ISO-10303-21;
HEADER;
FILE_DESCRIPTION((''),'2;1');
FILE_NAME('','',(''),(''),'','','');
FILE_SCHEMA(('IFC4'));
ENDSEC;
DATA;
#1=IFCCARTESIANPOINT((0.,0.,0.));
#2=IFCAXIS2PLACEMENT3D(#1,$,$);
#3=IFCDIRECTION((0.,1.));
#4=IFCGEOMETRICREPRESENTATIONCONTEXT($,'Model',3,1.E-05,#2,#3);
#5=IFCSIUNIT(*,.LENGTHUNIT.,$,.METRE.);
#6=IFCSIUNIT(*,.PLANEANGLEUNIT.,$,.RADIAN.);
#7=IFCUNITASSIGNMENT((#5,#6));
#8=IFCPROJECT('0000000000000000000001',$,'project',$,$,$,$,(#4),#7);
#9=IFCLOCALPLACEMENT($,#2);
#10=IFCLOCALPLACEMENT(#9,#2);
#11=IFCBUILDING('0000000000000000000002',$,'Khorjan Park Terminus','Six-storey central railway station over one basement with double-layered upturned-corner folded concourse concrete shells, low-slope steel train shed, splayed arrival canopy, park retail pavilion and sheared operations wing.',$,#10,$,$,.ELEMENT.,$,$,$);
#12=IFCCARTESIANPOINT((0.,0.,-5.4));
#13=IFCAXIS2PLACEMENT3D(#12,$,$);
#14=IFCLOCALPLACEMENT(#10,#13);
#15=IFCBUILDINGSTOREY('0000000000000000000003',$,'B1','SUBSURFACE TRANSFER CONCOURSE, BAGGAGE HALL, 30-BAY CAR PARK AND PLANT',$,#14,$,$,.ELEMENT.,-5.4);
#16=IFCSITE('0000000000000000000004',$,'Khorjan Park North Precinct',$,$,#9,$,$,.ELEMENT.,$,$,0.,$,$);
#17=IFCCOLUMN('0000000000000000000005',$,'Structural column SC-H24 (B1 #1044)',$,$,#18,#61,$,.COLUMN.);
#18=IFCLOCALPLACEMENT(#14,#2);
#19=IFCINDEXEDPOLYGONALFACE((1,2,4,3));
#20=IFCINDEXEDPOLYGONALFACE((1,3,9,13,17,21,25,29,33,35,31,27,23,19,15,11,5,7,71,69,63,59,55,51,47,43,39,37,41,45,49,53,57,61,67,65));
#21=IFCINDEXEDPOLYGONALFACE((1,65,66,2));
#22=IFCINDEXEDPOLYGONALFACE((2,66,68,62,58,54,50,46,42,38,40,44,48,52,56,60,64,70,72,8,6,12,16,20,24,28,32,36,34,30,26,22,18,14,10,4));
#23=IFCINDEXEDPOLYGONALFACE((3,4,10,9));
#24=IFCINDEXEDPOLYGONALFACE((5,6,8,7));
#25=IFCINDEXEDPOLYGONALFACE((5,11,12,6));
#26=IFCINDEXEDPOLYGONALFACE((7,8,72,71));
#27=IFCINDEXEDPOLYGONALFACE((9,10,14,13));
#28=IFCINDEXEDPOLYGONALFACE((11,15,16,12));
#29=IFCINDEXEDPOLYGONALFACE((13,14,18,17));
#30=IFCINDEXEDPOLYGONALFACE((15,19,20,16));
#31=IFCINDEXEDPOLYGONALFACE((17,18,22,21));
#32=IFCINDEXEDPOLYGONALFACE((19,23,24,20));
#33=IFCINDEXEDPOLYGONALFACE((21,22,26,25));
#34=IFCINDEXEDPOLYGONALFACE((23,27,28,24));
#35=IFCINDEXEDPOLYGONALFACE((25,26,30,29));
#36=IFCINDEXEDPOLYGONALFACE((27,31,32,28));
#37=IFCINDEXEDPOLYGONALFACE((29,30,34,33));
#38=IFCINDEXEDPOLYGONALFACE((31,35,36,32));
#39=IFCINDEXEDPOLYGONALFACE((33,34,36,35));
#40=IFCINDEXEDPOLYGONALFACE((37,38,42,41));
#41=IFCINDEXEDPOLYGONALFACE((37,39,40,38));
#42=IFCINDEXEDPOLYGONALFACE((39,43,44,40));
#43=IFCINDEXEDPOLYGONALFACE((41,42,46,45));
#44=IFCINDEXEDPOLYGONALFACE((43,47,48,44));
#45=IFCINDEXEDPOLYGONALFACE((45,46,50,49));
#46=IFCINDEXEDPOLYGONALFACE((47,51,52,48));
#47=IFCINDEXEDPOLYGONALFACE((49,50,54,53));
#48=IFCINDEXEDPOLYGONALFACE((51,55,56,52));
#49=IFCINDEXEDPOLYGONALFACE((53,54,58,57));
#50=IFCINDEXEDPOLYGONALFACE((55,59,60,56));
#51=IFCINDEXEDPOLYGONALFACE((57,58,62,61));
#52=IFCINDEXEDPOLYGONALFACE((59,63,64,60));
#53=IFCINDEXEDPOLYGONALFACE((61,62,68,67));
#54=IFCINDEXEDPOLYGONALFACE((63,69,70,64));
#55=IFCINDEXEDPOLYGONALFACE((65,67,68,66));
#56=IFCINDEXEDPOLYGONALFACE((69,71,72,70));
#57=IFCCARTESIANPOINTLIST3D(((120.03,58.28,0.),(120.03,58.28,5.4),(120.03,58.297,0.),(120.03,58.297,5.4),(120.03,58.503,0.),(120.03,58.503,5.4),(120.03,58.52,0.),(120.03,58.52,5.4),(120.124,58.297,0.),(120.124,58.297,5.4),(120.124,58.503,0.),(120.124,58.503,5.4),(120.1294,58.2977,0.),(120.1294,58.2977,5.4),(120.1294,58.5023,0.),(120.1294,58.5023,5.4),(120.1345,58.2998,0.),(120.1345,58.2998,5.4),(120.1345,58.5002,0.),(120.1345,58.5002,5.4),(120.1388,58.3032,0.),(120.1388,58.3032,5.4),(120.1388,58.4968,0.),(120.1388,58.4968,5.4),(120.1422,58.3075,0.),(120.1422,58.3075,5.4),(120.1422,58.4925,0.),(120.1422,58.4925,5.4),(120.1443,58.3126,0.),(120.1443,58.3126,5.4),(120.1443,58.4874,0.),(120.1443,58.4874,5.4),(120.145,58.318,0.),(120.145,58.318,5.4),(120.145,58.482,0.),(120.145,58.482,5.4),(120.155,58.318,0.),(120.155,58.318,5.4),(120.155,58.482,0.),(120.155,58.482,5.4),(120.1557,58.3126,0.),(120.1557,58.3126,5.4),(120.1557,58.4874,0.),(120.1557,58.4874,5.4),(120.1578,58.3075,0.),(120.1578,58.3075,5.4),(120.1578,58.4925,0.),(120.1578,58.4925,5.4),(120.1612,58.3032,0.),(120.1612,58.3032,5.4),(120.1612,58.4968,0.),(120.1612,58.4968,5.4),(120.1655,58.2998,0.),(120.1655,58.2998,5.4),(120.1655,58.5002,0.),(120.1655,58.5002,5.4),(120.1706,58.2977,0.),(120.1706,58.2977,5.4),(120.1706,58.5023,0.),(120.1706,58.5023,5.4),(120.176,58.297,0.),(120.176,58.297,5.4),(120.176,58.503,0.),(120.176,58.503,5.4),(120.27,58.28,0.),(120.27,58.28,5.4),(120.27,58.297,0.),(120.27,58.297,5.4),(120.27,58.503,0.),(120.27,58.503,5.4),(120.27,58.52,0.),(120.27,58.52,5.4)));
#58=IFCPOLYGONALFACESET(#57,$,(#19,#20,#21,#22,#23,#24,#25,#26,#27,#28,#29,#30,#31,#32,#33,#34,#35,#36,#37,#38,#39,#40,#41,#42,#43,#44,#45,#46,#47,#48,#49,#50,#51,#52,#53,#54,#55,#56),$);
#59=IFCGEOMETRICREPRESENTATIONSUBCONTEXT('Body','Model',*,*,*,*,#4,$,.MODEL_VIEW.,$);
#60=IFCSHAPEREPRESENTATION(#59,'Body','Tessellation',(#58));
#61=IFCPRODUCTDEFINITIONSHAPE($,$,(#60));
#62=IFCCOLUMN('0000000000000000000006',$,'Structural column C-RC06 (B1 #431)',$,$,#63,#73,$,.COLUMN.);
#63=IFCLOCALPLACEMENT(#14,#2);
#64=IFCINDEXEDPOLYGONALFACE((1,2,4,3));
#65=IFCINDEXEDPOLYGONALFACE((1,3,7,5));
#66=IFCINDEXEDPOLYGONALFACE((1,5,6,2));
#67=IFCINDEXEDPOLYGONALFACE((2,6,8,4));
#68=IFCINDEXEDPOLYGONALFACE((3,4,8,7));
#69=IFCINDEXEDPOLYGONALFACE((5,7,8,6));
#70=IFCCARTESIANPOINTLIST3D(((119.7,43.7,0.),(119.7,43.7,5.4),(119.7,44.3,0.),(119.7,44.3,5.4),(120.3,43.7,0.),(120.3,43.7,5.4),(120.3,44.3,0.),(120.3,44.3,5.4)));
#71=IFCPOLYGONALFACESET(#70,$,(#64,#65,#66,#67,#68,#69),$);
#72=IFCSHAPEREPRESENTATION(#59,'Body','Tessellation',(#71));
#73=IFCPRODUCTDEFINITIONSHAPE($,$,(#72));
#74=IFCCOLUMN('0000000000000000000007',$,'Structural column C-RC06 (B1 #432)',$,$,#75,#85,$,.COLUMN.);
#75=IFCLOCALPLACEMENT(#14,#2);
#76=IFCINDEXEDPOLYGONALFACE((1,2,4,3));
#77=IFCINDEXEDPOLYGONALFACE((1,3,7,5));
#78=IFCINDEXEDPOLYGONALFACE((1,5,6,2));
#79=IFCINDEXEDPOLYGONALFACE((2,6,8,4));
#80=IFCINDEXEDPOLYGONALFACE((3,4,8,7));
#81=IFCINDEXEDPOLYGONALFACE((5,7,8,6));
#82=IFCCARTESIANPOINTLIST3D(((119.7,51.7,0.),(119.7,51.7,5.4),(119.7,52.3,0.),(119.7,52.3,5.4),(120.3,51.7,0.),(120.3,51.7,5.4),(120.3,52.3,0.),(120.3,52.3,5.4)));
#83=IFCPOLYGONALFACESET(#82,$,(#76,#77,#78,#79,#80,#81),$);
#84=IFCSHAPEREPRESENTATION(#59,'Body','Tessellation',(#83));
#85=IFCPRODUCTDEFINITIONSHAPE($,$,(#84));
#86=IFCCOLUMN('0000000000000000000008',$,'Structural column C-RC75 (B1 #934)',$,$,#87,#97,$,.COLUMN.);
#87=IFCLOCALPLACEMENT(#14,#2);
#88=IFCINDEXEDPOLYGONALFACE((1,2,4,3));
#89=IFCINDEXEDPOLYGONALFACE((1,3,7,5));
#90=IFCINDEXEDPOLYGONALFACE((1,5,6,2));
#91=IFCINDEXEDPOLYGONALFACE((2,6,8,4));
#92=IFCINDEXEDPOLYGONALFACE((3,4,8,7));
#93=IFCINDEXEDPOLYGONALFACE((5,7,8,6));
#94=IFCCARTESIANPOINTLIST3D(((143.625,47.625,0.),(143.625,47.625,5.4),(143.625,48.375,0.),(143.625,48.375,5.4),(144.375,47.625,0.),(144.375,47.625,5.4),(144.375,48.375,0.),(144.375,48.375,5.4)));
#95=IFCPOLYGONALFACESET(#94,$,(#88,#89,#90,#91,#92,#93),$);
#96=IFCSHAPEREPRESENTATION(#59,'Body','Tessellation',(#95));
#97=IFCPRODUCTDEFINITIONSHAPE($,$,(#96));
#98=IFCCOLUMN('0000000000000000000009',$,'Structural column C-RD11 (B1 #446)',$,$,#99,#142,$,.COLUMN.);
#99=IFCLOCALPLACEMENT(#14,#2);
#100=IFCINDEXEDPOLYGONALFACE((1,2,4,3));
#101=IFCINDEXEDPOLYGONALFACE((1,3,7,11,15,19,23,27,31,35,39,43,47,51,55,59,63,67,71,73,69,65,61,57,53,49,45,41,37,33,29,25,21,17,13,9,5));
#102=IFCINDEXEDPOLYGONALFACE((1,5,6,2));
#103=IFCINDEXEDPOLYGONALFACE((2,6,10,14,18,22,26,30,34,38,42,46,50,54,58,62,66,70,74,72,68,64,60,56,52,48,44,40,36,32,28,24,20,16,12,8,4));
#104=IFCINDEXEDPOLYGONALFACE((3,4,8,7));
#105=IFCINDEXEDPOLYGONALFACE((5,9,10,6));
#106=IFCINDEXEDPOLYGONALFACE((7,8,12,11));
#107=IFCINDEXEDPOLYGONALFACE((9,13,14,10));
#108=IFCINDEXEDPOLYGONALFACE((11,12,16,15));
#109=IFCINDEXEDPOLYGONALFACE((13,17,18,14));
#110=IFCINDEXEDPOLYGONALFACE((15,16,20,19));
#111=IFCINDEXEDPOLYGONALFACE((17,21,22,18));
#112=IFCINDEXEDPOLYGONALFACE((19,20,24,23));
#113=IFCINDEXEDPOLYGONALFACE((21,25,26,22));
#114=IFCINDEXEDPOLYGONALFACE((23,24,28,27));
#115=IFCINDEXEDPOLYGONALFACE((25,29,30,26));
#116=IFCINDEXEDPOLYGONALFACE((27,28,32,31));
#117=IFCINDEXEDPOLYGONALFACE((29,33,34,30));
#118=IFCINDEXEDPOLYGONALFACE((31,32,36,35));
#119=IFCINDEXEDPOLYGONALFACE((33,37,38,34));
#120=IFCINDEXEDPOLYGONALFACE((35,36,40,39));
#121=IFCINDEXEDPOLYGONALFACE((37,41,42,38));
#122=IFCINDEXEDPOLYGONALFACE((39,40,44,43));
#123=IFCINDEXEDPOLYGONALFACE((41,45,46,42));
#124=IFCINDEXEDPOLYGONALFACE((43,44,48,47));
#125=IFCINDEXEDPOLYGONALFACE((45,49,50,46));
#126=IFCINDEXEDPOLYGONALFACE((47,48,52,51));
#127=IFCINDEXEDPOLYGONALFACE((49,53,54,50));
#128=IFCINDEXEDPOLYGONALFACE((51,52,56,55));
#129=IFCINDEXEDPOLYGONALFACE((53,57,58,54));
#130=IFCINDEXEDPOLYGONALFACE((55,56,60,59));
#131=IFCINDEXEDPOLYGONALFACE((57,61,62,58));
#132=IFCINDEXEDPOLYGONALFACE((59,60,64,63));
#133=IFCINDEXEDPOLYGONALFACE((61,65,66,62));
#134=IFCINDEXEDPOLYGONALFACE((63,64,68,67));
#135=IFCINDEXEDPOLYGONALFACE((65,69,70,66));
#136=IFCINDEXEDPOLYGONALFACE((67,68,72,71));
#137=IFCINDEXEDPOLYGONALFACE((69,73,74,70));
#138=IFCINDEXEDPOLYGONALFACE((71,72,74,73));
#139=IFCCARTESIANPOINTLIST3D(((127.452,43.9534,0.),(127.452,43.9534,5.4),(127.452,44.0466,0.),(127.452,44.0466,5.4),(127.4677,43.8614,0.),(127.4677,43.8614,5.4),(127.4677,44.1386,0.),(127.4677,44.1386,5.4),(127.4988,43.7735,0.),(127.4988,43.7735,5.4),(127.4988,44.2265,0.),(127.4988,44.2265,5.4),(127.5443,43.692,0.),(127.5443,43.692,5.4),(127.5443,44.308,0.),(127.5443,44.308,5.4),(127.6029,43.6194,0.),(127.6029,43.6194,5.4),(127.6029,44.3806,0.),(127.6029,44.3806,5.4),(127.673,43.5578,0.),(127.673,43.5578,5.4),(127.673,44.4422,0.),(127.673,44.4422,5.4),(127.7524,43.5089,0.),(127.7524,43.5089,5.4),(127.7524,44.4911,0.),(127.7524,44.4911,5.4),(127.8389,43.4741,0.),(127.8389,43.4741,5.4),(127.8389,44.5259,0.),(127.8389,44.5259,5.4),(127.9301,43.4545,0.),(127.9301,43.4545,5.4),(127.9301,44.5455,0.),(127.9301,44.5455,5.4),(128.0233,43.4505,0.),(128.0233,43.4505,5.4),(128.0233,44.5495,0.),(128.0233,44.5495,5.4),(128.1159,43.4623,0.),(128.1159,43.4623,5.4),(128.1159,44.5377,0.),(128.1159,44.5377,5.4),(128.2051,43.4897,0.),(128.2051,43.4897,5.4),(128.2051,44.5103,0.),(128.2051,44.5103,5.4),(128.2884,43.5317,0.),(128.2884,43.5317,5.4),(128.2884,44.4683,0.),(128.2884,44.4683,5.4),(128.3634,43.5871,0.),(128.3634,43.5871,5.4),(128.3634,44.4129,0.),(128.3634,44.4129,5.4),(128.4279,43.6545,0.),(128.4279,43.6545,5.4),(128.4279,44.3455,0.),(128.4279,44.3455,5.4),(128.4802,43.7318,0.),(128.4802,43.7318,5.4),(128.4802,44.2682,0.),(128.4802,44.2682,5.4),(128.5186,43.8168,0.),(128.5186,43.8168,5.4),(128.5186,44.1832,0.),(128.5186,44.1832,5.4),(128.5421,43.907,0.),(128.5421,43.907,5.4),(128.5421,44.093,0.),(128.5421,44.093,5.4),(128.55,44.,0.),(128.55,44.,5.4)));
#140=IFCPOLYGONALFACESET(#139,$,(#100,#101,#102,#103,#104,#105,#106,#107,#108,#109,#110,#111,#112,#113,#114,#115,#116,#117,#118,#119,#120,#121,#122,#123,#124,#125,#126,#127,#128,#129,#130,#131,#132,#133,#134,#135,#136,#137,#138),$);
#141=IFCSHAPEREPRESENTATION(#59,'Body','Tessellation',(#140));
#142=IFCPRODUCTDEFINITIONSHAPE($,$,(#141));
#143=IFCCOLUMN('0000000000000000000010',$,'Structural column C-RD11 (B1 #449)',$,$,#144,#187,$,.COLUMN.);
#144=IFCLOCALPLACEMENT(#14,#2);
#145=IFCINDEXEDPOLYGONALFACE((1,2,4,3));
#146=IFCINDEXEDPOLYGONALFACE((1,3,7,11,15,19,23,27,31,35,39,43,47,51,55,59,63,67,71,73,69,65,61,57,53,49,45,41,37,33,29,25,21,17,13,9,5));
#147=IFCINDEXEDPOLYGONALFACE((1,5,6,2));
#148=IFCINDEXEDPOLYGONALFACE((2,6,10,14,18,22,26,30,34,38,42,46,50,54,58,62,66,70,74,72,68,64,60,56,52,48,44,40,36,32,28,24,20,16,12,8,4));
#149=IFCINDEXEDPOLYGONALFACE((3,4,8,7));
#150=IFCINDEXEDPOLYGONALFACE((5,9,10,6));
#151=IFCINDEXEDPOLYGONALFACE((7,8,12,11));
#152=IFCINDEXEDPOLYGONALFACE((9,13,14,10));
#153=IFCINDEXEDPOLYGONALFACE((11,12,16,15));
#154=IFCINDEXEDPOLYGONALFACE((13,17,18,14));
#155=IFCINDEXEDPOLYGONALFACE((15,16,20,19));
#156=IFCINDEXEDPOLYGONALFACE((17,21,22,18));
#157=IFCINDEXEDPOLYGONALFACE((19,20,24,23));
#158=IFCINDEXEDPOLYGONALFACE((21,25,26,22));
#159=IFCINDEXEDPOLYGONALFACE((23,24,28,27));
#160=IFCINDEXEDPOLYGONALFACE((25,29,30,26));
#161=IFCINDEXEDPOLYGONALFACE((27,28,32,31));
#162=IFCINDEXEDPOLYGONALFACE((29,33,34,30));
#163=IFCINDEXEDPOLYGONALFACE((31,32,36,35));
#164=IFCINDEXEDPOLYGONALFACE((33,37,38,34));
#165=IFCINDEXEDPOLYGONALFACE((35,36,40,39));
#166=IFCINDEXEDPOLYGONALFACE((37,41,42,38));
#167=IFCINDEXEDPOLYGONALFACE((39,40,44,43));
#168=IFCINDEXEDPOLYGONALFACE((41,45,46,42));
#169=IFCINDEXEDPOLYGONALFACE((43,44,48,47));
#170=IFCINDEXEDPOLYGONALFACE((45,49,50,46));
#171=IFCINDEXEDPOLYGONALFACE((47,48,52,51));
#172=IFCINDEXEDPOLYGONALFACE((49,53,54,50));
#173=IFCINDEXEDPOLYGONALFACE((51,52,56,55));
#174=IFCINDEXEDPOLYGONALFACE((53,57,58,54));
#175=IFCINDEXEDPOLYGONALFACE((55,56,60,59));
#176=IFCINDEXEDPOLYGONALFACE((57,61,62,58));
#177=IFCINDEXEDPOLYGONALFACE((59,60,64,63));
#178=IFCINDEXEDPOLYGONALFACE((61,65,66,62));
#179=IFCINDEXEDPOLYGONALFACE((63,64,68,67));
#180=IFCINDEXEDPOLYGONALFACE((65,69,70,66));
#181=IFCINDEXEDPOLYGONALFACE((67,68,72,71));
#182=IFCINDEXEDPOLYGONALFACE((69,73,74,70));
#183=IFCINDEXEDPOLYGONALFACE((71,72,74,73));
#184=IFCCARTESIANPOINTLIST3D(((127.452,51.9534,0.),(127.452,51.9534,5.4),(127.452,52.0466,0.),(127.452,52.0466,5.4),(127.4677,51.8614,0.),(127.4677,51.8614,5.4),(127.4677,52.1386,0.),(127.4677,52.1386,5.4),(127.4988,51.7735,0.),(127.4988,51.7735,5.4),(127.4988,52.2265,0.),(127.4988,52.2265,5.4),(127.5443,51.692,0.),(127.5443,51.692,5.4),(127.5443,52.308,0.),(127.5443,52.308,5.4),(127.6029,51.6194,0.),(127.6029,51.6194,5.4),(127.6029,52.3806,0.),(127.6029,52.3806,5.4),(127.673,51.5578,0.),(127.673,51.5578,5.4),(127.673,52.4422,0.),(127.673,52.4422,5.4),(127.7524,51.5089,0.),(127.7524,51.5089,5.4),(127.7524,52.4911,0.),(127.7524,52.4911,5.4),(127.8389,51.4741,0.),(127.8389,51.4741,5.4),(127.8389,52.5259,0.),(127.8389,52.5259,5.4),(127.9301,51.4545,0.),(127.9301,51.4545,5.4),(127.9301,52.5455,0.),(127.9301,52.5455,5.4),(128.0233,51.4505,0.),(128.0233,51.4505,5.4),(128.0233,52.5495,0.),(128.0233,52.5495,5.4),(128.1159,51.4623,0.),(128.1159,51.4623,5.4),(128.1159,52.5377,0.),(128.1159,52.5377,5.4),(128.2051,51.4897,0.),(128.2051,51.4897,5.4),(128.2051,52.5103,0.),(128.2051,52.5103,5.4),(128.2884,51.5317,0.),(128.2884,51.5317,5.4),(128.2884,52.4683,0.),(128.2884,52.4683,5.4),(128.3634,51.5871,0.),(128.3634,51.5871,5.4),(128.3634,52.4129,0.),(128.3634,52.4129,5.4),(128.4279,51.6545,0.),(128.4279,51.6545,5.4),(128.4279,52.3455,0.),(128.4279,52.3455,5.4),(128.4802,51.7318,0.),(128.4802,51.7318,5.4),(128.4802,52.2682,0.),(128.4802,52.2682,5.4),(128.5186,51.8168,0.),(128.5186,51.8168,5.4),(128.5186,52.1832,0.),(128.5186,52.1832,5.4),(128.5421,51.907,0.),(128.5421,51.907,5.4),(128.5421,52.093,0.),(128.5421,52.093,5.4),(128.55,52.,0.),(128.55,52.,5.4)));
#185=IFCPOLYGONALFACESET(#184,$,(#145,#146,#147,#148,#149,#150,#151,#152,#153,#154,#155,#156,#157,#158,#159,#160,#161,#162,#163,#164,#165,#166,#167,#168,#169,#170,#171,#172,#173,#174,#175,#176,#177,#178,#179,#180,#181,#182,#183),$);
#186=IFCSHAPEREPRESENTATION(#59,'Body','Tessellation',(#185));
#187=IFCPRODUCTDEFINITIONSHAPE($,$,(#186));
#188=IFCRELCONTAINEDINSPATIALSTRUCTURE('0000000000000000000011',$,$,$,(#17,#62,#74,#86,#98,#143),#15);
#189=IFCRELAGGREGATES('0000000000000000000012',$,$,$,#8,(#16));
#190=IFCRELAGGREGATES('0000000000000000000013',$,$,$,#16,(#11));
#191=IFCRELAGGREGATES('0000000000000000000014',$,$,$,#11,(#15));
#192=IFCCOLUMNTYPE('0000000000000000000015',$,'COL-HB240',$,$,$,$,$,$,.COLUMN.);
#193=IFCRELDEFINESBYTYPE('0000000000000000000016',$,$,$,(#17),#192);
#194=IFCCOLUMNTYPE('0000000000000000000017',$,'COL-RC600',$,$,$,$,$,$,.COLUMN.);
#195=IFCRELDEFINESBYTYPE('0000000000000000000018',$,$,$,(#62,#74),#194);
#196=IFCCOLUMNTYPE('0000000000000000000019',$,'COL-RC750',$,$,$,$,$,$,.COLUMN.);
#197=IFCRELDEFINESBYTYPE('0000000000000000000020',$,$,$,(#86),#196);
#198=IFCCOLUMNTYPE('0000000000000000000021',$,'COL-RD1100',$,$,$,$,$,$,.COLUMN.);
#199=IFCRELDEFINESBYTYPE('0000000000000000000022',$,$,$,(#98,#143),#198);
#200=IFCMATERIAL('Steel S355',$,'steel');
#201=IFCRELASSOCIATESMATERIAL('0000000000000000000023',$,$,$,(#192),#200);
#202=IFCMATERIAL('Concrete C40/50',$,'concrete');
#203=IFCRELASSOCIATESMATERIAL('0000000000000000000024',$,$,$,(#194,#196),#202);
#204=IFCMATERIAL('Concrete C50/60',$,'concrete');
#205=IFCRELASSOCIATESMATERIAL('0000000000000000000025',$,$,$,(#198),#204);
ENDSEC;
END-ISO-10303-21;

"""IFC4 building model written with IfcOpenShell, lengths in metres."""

from ifc_helpers import new_model, si_unit, direction, frame, origin, origin_2d, place, context, subcontext, project, spatial, rectangle, circle, i_section, extrude, material, material_profile, profile_set, type_object, element, save


model = new_model("IFC4")

# Units and contexts
model_context = context("Model", 3, precision=1e-05, world=origin(), true_north=direction((0.0, 1.0)))
body_context = subcontext(model_context, "Body", "Model", "MODEL_VIEW")
ifc_project = project(units=[si_unit("LENGTHUNIT", "METRE"), si_unit("PLANEANGLEUNIT", "RADIAN")], contexts=[model_context])

# Site, building, storey
site_placement = place(None, origin())
site = spatial("IfcSite", under=ifc_project, at=site_placement, Name="Khorjan Park North Precinct", CompositionType="ELEMENT", RefElevation=0.0)
building_placement = place(site_placement, origin())
building = spatial("IfcBuilding", under=site, at=building_placement, Name="Khorjan Park Terminus", Description="Six-storey central railway station over one basement with double-layered upturned-corner folded concourse concrete shells, low-slope steel train shed, splayed arrival canopy, park retail pavilion and sheared operations wing.", CompositionType="ELEMENT")
storey_placement = place(building_placement, frame((0.0, 0.0, -5.4)))
storey = spatial("IfcBuildingStorey", under=building, at=storey_placement, Name="B1", Description="SUBSURFACE TRANSFER CONCOURSE, BAGGAGE HALL, 30-BAY CAR PARK AND PLANT", CompositionType="ELEMENT", Elevation=-5.4)

# Shared definitions
ifc_material_1 = material(Name="Concrete C40/50", Category="concrete")

# Columns
ifc_material_2 = material(Name="Concrete C50/60", Category="concrete")
ifc_material_3 = material(Name="Steel S355", Category="steel")
ifc_material_profile_1 = material_profile(ifc_material_3, i_section(OverallWidth=0.24, OverallDepth=0.24, WebThickness=0.01, FlangeThickness=0.017, FilletRadius=0.021, at=origin_2d()), Name="HEB 240")
ifc_profile_set_1 = profile_set([ifc_material_profile_1], Name="Steel S355")
column_type_1 = type_object("IfcColumnType", Name="COL-HB240", PredefinedType="COLUMN", material=ifc_profile_set_1)
for number, where, z_axis, x_axis, name in (
    (1, (120.15, 58.4, 0.0), (0.0, 0.0, 1.0), (1.0, 0.0, 0.0), "Structural column SC-H24 (B1 #1044)"),
):
    element("IfcColumn", number, at=place(storey_placement, frame(where, z_axis=z_axis, x_axis=x_axis)), inside=storey, type_object=column_type_1, Name=name, PredefinedType="COLUMN", context=body_context, shape_type="SweptSolid", body=[
        extrude(i_section(OverallWidth=0.24, OverallDepth=0.24, WebThickness=0.01, FlangeThickness=0.017, FilletRadius=0.021, at=origin_2d()), origin(), (0.0, 0.0, 1.0), 5.4),
    ])
ifc_material_profile_2 = material_profile(ifc_material_1, rectangle(XDim=0.6, YDim=0.6, at=origin_2d()), Name="RC 600x600")
ifc_profile_set_2 = profile_set([ifc_material_profile_2], Name="Concrete C40/50")
column_type_2 = type_object("IfcColumnType", Name="COL-RC600", PredefinedType="COLUMN", material=ifc_profile_set_2)
for number, where, z_axis, x_axis, name in (
    (2, (120.0, 44.0, 0.0), (0.0, 0.0, 1.0), (1.0, 0.0, 0.0), "Structural column C-RC06 (B1 #431)"),
    (3, (120.0, 52.0, 0.0), (0.0, 0.0, 1.0), (1.0, 0.0, 0.0), "Structural column C-RC06 (B1 #432)"),
):
    element("IfcColumn", number, at=place(storey_placement, frame(where, z_axis=z_axis, x_axis=x_axis)), inside=storey, type_object=column_type_2, Name=name, PredefinedType="COLUMN", context=body_context, shape_type="SweptSolid", body=[
        extrude(rectangle(XDim=0.6, YDim=0.6, at=origin_2d()), origin(), (0.0, 0.0, 1.0), 5.4),
    ])
ifc_material_profile_3 = material_profile(ifc_material_1, rectangle(XDim=0.75, YDim=0.75, at=origin_2d()), Name="RC 750x750")
ifc_profile_set_3 = profile_set([ifc_material_profile_3], Name="Concrete C40/50")
column_type_3 = type_object("IfcColumnType", Name="COL-RC750", PredefinedType="COLUMN", material=ifc_profile_set_3)
column_placement = place(storey_placement, frame((144.0, 48.0, 0.0), z_axis=(0.0, 0.0, 1.0), x_axis=(1.0, 0.0, 0.0)))
element("IfcColumn", 4, at=column_placement, inside=storey, type_object=column_type_3, Name="Structural column C-RC75 (B1 #934)", PredefinedType="COLUMN", context=body_context, shape_type="SweptSolid", body=[
    extrude(rectangle(XDim=0.75, YDim=0.75, at=origin_2d()), origin(), (0.0, 0.0, 1.0), 5.4),
])
ifc_material_profile_4 = material_profile(ifc_material_2, circle(Radius=0.55, at=origin_2d()), Name="RC D1100")
ifc_profile_set_4 = profile_set([ifc_material_profile_4], Name="Concrete C50/60")
column_type_4 = type_object("IfcColumnType", Name="COL-RD1100", PredefinedType="COLUMN", material=ifc_profile_set_4)
for number, where, z_axis, x_axis, name in (
    (5, (128.0, 44.0, 0.0), (0.0, 0.0, 1.0), (1.0, 0.0, 0.0), "Structural column C-RD11 (B1 #446)"),
    (6, (128.0, 52.0, 0.0), (0.0, 0.0, 1.0), (1.0, 0.0, 0.0), "Structural column C-RD11 (B1 #449)"),
):
    element("IfcColumn", number, at=place(storey_placement, frame(where, z_axis=z_axis, x_axis=x_axis)), inside=storey, type_object=column_type_4, Name=name, PredefinedType="COLUMN", context=body_context, shape_type="SweptSolid", body=[
        extrude(circle(Radius=0.55, at=origin_2d()), origin(), (0.0, 0.0, 1.0), 5.4),
    ])

save(model, "model.ifc")
